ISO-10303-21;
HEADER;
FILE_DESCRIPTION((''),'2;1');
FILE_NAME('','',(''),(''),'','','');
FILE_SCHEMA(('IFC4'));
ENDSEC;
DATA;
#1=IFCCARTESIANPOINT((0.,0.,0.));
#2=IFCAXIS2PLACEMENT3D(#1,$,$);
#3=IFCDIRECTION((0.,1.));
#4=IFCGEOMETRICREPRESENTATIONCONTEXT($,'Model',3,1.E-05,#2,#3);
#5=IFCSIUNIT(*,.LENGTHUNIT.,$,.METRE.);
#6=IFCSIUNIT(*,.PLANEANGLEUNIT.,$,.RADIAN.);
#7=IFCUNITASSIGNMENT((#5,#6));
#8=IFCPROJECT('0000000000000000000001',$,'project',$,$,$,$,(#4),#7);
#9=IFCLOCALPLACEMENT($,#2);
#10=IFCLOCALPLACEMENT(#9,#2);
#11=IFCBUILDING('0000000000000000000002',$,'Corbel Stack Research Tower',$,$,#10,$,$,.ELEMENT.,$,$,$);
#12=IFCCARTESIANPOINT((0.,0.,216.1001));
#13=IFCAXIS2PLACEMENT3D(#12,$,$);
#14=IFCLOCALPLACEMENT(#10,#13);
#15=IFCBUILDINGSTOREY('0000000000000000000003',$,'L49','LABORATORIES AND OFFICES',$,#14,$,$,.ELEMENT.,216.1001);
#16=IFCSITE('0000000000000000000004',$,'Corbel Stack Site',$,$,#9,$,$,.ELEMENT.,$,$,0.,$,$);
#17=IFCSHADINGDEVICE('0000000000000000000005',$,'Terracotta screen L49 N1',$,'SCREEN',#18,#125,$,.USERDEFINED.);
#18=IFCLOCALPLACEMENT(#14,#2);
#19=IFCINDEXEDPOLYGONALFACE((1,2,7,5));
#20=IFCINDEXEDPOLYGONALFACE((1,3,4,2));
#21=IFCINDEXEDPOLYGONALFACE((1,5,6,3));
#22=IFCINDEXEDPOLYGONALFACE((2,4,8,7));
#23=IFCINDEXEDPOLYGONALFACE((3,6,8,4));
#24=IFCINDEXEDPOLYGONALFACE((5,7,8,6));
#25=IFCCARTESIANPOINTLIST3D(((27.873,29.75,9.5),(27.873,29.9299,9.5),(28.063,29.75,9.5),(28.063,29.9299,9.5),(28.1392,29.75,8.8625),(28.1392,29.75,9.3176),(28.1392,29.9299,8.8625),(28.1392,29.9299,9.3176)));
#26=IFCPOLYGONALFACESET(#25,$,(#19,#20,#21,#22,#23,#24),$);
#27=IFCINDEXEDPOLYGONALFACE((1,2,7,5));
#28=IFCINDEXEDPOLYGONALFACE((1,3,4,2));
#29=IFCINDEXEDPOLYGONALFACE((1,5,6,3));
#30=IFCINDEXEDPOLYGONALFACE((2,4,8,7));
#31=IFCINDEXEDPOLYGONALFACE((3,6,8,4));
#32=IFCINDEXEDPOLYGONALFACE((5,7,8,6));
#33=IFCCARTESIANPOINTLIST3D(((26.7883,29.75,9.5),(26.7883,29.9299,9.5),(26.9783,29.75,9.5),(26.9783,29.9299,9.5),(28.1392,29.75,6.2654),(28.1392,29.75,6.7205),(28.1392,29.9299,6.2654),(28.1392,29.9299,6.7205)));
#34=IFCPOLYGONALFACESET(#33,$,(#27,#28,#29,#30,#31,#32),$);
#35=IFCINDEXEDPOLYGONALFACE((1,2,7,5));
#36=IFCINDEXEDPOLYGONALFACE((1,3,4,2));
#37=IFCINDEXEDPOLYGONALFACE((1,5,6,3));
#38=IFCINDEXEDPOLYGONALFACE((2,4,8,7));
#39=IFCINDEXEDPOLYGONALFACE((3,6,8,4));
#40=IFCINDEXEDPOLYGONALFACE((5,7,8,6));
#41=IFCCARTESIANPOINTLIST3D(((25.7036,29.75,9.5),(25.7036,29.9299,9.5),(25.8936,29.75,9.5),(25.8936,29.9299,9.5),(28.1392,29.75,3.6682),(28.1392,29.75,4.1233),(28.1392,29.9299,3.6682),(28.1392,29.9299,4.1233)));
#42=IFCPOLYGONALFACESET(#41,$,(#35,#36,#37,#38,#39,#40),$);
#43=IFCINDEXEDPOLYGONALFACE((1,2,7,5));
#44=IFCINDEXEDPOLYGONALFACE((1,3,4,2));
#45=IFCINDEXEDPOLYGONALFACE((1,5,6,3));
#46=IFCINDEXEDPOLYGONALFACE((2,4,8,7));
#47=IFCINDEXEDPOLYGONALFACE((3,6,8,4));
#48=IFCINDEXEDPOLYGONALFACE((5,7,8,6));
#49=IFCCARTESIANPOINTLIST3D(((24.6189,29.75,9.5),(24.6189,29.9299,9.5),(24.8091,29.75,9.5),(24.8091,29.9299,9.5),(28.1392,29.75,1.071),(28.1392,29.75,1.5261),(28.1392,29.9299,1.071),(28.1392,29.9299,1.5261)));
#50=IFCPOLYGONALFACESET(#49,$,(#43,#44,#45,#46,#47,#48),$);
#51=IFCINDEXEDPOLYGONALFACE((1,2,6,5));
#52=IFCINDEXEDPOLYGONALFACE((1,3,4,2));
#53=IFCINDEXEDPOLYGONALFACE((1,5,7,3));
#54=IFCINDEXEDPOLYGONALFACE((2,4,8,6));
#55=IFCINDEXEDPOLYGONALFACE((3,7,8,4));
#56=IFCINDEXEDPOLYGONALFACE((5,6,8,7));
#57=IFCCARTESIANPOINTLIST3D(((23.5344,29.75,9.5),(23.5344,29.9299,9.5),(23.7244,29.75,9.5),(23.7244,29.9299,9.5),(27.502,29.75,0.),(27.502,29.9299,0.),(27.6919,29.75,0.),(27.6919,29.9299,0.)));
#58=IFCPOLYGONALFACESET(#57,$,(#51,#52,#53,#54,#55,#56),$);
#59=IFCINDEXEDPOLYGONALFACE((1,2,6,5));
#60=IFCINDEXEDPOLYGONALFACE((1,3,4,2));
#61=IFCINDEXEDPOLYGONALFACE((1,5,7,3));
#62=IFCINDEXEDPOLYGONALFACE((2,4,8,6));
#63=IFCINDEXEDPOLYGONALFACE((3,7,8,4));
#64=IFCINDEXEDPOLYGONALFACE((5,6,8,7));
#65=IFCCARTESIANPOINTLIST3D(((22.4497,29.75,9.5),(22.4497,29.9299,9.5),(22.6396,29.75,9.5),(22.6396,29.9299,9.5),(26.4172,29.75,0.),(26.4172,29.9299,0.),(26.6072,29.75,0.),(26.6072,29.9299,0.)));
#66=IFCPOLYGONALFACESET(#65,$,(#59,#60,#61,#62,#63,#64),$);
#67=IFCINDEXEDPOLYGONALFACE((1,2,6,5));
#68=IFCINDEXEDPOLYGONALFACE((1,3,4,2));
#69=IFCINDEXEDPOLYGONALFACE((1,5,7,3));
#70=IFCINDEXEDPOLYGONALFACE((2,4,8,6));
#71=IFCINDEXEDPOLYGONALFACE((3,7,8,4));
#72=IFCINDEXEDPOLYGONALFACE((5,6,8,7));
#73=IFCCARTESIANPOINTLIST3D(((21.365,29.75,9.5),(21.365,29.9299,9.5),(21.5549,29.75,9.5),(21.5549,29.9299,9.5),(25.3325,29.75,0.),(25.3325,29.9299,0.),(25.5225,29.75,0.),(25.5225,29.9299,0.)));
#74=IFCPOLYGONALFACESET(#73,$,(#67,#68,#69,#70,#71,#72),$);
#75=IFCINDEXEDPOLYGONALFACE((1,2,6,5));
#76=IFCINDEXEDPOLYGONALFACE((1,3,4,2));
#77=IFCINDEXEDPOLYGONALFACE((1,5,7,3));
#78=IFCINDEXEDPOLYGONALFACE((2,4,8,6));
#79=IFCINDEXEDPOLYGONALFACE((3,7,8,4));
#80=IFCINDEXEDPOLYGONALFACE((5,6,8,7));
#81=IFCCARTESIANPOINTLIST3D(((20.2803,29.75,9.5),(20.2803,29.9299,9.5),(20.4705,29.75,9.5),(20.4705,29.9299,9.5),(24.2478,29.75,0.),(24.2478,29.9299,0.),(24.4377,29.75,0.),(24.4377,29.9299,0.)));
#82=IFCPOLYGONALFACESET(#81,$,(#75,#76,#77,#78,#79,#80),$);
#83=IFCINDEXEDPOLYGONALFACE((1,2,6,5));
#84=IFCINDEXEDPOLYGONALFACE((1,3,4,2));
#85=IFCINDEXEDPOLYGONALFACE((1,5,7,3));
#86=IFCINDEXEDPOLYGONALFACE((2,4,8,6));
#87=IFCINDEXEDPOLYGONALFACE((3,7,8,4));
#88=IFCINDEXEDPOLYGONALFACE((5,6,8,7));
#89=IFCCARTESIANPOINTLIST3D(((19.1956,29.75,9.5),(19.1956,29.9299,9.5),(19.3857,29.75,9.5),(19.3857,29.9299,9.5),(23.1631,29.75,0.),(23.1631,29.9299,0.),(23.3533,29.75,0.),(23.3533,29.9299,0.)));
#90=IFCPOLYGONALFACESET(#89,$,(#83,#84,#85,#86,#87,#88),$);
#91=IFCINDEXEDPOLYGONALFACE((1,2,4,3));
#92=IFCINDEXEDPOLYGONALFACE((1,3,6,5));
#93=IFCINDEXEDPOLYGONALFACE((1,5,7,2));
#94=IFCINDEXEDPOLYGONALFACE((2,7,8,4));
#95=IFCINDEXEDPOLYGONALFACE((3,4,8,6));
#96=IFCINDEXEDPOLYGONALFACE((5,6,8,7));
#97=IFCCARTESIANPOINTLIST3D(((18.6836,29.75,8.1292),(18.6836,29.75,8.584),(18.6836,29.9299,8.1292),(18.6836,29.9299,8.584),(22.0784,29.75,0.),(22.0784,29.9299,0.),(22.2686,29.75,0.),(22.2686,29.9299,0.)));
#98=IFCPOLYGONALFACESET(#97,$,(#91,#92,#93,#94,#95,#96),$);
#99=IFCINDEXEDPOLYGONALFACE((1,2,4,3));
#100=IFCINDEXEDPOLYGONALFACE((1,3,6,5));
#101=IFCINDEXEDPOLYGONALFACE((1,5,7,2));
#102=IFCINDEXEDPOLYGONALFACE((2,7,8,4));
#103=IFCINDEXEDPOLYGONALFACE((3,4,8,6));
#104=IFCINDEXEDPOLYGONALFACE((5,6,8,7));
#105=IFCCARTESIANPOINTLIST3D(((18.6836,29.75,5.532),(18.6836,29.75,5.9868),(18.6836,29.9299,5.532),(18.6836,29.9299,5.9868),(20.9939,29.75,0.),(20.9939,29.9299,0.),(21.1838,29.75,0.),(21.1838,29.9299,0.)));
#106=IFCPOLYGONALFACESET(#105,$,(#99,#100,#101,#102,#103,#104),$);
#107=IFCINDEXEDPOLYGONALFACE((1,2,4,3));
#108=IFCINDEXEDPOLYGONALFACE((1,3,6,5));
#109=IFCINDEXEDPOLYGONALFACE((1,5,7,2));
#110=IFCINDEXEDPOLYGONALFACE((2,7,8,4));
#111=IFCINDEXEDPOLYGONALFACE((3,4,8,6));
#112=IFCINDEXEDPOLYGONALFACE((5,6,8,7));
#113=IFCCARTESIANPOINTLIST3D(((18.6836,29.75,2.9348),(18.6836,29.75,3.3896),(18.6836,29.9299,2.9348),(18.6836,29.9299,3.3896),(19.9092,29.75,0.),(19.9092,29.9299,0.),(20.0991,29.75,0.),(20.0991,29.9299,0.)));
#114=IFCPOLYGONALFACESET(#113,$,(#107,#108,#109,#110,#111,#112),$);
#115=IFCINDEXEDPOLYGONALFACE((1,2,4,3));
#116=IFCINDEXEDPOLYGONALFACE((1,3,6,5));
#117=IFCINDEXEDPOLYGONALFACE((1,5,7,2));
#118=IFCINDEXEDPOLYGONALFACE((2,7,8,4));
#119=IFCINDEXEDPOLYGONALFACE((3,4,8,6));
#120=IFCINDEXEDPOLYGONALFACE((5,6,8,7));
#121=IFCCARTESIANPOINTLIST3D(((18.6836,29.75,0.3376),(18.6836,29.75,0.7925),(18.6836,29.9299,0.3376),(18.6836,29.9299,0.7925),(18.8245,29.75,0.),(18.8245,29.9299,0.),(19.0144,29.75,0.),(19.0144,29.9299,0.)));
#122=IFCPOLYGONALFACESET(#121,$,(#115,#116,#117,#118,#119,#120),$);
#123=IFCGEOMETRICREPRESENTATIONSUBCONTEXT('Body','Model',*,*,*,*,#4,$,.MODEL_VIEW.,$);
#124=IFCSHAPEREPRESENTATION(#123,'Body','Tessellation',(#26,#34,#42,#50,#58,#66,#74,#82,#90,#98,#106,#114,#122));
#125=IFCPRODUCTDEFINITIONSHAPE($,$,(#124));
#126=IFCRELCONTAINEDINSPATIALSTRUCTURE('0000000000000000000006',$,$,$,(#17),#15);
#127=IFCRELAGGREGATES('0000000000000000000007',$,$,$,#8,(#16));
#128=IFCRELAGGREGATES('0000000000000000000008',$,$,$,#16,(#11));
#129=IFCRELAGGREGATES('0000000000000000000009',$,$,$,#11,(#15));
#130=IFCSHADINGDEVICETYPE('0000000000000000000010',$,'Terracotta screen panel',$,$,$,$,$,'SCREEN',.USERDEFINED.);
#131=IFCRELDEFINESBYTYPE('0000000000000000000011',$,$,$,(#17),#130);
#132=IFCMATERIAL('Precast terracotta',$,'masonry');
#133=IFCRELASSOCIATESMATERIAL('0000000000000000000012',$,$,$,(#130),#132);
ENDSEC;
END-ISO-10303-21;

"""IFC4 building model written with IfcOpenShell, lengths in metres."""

from ifc_helpers import new_model, si_unit, direction, frame, origin, place, context, subcontext, project, spatial, polyline, outline, extrude, source, transform, mapped, material, type_object, element, save


model = new_model("IFC4")

# Units and contexts
model_context = context("Model", 3, precision=1e-05, world=origin(), true_north=direction((0.0, 1.0)))
body_context = subcontext(model_context, "Body", "Model", "MODEL_VIEW")
ifc_project = project(units=[si_unit("LENGTHUNIT", "METRE"), si_unit("PLANEANGLEUNIT", "RADIAN")], contexts=[model_context])

# Site, building, storey
site_placement = place(None, origin())
site = spatial("IfcSite", under=ifc_project, at=site_placement, Name="Corbel Stack Site", CompositionType="ELEMENT", RefElevation=0.0)
building_placement = place(site_placement, origin())
building = spatial("IfcBuilding", under=site, at=building_placement, Name="Corbel Stack Research Tower", CompositionType="ELEMENT")
storey_placement = place(building_placement, frame((0.0, 0.0, 216.1001)))
storey = spatial("IfcBuildingStorey", under=building, at=storey_placement, Name="L49", Description="LABORATORIES AND OFFICES", CompositionType="ELEMENT", Elevation=216.1001)

# Shading device
ifc_material_1 = material(Name="Precast terracotta", Category="masonry")
shading_device_type = type_object("IfcShadingDeviceType", Name="Terracotta screen panel", ElementType="SCREEN", PredefinedType="USERDEFINED", material=ifc_material_1)
shared_shape_1 = source(origin(), body_context, "Body", "SweptSolid", [
    extrude(outline(polyline([(0.2661, 9.5), (0.0762, 9.5), (0.0, 9.3176), (0.0, 8.8625), (0.2661, 9.5)])), frame((0.0, 0.0, 0.0), z_axis=(0.0, -1.0, 0.0), x_axis=(1.0, 0.0, 0.0)), (0.0, 0.0, 1.0), 0.1799),
    extrude(outline(polyline([(1.3508, 9.5), (1.1609, 9.5), (0.0, 6.7205), (0.0, 6.2654), (1.3508, 9.5)])), frame((0.0, 0.0, 0.0), z_axis=(0.0, -1.0, 0.0), x_axis=(1.0, 0.0, 0.0)), (0.0, 0.0, 1.0), 0.1799),
    extrude(outline(polyline([(2.4355, 9.5), (2.2456, 9.5), (0.0, 4.1233), (0.0, 3.6682), (2.4355, 9.5)])), frame((0.0, 0.0, 0.0), z_axis=(0.0, -1.0, 0.0), x_axis=(1.0, 0.0, 0.0)), (0.0, 0.0, 1.0), 0.1799),
    extrude(outline(polyline([(3.5203, 9.5), (3.3301, 9.5), (0.0, 1.5261), (0.0, 1.071), (3.5203, 9.5)])), frame((0.0, 0.0, 0.0), z_axis=(0.0, -1.0, 0.0), x_axis=(1.0, 0.0, 0.0)), (0.0, 0.0, 1.0), 0.1799),
    extrude(outline(polyline([(0.6372, 0.0), (4.6047, 9.5), (4.4148, 9.5), (0.4473, 0.0), (0.6372, 0.0)])), frame((0.0, 0.0, 0.0), z_axis=(0.0, -1.0, 0.0), x_axis=(1.0, 0.0, 0.0)), (0.0, 0.0, 1.0), 0.1799),
    extrude(outline(polyline([(1.7219, 0.0), (5.6895, 9.5), (5.4995, 9.5), (1.532, 0.0), (1.7219, 0.0)])), frame((0.0, 0.0, 0.0), z_axis=(0.0, -1.0, 0.0), x_axis=(1.0, 0.0, 0.0)), (0.0, 0.0, 1.0), 0.1799),
    extrude(outline(polyline([(2.8066, 0.0), (6.7742, 9.5), (6.5842, 9.5), (2.6167, 0.0), (2.8066, 0.0)])), frame((0.0, 0.0, 0.0), z_axis=(0.0, -1.0, 0.0), x_axis=(1.0, 0.0, 0.0)), (0.0, 0.0, 1.0), 0.1799),
    extrude(outline(polyline([(3.8914, 0.0), (7.8589, 9.5), (7.6687, 9.5), (3.7014, 0.0), (3.8914, 0.0)])), frame((0.0, 0.0, 0.0), z_axis=(0.0, -1.0, 0.0), x_axis=(1.0, 0.0, 0.0)), (0.0, 0.0, 1.0), 0.1799),
    extrude(outline(polyline([(4.9761, 0.0), (8.9436, 9.5), (8.7534, 9.5), (4.7859, 0.0), (4.9761, 0.0)])), frame((0.0, 0.0, 0.0), z_axis=(0.0, -1.0, 0.0), x_axis=(1.0, 0.0, 0.0)), (0.0, 0.0, 1.0), 0.1799),
    extrude(outline(polyline([(6.0608, 0.0), (9.4556, 8.1292), (9.4556, 8.584), (5.8706, 0.0), (6.0608, 0.0)])), frame((0.0, 0.0, 0.0), z_axis=(0.0, -1.0, 0.0), x_axis=(1.0, 0.0, 0.0)), (0.0, 0.0, 1.0), 0.1799),
    extrude(outline(polyline([(7.1453, 0.0), (9.4556, 5.532), (9.4556, 5.9868), (6.9553, 0.0), (7.1453, 0.0)])), frame((0.0, 0.0, 0.0), z_axis=(0.0, -1.0, 0.0), x_axis=(1.0, 0.0, 0.0)), (0.0, 0.0, 1.0), 0.1799),
    extrude(outline(polyline([(8.23, 0.0), (9.4556, 2.9348), (9.4556, 3.3896), (8.04, 0.0), (8.23, 0.0)])), frame((0.0, 0.0, 0.0), z_axis=(0.0, -1.0, 0.0), x_axis=(1.0, 0.0, 0.0)), (0.0, 0.0, 1.0), 0.1799),
    extrude(outline(polyline([(9.3147, 0.0), (9.4556, 0.3376), (9.4556, 0.7925), (9.1248, 0.0), (9.3147, 0.0)])), frame((0.0, 0.0, 0.0), z_axis=(0.0, -1.0, 0.0), x_axis=(1.0, 0.0, 0.0)), (0.0, 0.0, 1.0), 0.1799),
])
shading_device_1_placement = place(storey_placement, frame((28.1392, 29.75, 0.0), z_axis=(0.0, 0.0, 1.0), x_axis=(-1.0, 0.0, 0.0)))
element("IfcShadingDevice", 1, at=shading_device_1_placement, inside=storey, type_object=shading_device_type, Name="Terracotta screen L49 N1", ObjectType="SCREEN", PredefinedType="USERDEFINED", context=body_context, shape_type="MappedRepresentation", body=[
    mapped(shared_shape_1, transform((0.0, 0.0, 0.0))),
])

save(model, "model.ifc")
